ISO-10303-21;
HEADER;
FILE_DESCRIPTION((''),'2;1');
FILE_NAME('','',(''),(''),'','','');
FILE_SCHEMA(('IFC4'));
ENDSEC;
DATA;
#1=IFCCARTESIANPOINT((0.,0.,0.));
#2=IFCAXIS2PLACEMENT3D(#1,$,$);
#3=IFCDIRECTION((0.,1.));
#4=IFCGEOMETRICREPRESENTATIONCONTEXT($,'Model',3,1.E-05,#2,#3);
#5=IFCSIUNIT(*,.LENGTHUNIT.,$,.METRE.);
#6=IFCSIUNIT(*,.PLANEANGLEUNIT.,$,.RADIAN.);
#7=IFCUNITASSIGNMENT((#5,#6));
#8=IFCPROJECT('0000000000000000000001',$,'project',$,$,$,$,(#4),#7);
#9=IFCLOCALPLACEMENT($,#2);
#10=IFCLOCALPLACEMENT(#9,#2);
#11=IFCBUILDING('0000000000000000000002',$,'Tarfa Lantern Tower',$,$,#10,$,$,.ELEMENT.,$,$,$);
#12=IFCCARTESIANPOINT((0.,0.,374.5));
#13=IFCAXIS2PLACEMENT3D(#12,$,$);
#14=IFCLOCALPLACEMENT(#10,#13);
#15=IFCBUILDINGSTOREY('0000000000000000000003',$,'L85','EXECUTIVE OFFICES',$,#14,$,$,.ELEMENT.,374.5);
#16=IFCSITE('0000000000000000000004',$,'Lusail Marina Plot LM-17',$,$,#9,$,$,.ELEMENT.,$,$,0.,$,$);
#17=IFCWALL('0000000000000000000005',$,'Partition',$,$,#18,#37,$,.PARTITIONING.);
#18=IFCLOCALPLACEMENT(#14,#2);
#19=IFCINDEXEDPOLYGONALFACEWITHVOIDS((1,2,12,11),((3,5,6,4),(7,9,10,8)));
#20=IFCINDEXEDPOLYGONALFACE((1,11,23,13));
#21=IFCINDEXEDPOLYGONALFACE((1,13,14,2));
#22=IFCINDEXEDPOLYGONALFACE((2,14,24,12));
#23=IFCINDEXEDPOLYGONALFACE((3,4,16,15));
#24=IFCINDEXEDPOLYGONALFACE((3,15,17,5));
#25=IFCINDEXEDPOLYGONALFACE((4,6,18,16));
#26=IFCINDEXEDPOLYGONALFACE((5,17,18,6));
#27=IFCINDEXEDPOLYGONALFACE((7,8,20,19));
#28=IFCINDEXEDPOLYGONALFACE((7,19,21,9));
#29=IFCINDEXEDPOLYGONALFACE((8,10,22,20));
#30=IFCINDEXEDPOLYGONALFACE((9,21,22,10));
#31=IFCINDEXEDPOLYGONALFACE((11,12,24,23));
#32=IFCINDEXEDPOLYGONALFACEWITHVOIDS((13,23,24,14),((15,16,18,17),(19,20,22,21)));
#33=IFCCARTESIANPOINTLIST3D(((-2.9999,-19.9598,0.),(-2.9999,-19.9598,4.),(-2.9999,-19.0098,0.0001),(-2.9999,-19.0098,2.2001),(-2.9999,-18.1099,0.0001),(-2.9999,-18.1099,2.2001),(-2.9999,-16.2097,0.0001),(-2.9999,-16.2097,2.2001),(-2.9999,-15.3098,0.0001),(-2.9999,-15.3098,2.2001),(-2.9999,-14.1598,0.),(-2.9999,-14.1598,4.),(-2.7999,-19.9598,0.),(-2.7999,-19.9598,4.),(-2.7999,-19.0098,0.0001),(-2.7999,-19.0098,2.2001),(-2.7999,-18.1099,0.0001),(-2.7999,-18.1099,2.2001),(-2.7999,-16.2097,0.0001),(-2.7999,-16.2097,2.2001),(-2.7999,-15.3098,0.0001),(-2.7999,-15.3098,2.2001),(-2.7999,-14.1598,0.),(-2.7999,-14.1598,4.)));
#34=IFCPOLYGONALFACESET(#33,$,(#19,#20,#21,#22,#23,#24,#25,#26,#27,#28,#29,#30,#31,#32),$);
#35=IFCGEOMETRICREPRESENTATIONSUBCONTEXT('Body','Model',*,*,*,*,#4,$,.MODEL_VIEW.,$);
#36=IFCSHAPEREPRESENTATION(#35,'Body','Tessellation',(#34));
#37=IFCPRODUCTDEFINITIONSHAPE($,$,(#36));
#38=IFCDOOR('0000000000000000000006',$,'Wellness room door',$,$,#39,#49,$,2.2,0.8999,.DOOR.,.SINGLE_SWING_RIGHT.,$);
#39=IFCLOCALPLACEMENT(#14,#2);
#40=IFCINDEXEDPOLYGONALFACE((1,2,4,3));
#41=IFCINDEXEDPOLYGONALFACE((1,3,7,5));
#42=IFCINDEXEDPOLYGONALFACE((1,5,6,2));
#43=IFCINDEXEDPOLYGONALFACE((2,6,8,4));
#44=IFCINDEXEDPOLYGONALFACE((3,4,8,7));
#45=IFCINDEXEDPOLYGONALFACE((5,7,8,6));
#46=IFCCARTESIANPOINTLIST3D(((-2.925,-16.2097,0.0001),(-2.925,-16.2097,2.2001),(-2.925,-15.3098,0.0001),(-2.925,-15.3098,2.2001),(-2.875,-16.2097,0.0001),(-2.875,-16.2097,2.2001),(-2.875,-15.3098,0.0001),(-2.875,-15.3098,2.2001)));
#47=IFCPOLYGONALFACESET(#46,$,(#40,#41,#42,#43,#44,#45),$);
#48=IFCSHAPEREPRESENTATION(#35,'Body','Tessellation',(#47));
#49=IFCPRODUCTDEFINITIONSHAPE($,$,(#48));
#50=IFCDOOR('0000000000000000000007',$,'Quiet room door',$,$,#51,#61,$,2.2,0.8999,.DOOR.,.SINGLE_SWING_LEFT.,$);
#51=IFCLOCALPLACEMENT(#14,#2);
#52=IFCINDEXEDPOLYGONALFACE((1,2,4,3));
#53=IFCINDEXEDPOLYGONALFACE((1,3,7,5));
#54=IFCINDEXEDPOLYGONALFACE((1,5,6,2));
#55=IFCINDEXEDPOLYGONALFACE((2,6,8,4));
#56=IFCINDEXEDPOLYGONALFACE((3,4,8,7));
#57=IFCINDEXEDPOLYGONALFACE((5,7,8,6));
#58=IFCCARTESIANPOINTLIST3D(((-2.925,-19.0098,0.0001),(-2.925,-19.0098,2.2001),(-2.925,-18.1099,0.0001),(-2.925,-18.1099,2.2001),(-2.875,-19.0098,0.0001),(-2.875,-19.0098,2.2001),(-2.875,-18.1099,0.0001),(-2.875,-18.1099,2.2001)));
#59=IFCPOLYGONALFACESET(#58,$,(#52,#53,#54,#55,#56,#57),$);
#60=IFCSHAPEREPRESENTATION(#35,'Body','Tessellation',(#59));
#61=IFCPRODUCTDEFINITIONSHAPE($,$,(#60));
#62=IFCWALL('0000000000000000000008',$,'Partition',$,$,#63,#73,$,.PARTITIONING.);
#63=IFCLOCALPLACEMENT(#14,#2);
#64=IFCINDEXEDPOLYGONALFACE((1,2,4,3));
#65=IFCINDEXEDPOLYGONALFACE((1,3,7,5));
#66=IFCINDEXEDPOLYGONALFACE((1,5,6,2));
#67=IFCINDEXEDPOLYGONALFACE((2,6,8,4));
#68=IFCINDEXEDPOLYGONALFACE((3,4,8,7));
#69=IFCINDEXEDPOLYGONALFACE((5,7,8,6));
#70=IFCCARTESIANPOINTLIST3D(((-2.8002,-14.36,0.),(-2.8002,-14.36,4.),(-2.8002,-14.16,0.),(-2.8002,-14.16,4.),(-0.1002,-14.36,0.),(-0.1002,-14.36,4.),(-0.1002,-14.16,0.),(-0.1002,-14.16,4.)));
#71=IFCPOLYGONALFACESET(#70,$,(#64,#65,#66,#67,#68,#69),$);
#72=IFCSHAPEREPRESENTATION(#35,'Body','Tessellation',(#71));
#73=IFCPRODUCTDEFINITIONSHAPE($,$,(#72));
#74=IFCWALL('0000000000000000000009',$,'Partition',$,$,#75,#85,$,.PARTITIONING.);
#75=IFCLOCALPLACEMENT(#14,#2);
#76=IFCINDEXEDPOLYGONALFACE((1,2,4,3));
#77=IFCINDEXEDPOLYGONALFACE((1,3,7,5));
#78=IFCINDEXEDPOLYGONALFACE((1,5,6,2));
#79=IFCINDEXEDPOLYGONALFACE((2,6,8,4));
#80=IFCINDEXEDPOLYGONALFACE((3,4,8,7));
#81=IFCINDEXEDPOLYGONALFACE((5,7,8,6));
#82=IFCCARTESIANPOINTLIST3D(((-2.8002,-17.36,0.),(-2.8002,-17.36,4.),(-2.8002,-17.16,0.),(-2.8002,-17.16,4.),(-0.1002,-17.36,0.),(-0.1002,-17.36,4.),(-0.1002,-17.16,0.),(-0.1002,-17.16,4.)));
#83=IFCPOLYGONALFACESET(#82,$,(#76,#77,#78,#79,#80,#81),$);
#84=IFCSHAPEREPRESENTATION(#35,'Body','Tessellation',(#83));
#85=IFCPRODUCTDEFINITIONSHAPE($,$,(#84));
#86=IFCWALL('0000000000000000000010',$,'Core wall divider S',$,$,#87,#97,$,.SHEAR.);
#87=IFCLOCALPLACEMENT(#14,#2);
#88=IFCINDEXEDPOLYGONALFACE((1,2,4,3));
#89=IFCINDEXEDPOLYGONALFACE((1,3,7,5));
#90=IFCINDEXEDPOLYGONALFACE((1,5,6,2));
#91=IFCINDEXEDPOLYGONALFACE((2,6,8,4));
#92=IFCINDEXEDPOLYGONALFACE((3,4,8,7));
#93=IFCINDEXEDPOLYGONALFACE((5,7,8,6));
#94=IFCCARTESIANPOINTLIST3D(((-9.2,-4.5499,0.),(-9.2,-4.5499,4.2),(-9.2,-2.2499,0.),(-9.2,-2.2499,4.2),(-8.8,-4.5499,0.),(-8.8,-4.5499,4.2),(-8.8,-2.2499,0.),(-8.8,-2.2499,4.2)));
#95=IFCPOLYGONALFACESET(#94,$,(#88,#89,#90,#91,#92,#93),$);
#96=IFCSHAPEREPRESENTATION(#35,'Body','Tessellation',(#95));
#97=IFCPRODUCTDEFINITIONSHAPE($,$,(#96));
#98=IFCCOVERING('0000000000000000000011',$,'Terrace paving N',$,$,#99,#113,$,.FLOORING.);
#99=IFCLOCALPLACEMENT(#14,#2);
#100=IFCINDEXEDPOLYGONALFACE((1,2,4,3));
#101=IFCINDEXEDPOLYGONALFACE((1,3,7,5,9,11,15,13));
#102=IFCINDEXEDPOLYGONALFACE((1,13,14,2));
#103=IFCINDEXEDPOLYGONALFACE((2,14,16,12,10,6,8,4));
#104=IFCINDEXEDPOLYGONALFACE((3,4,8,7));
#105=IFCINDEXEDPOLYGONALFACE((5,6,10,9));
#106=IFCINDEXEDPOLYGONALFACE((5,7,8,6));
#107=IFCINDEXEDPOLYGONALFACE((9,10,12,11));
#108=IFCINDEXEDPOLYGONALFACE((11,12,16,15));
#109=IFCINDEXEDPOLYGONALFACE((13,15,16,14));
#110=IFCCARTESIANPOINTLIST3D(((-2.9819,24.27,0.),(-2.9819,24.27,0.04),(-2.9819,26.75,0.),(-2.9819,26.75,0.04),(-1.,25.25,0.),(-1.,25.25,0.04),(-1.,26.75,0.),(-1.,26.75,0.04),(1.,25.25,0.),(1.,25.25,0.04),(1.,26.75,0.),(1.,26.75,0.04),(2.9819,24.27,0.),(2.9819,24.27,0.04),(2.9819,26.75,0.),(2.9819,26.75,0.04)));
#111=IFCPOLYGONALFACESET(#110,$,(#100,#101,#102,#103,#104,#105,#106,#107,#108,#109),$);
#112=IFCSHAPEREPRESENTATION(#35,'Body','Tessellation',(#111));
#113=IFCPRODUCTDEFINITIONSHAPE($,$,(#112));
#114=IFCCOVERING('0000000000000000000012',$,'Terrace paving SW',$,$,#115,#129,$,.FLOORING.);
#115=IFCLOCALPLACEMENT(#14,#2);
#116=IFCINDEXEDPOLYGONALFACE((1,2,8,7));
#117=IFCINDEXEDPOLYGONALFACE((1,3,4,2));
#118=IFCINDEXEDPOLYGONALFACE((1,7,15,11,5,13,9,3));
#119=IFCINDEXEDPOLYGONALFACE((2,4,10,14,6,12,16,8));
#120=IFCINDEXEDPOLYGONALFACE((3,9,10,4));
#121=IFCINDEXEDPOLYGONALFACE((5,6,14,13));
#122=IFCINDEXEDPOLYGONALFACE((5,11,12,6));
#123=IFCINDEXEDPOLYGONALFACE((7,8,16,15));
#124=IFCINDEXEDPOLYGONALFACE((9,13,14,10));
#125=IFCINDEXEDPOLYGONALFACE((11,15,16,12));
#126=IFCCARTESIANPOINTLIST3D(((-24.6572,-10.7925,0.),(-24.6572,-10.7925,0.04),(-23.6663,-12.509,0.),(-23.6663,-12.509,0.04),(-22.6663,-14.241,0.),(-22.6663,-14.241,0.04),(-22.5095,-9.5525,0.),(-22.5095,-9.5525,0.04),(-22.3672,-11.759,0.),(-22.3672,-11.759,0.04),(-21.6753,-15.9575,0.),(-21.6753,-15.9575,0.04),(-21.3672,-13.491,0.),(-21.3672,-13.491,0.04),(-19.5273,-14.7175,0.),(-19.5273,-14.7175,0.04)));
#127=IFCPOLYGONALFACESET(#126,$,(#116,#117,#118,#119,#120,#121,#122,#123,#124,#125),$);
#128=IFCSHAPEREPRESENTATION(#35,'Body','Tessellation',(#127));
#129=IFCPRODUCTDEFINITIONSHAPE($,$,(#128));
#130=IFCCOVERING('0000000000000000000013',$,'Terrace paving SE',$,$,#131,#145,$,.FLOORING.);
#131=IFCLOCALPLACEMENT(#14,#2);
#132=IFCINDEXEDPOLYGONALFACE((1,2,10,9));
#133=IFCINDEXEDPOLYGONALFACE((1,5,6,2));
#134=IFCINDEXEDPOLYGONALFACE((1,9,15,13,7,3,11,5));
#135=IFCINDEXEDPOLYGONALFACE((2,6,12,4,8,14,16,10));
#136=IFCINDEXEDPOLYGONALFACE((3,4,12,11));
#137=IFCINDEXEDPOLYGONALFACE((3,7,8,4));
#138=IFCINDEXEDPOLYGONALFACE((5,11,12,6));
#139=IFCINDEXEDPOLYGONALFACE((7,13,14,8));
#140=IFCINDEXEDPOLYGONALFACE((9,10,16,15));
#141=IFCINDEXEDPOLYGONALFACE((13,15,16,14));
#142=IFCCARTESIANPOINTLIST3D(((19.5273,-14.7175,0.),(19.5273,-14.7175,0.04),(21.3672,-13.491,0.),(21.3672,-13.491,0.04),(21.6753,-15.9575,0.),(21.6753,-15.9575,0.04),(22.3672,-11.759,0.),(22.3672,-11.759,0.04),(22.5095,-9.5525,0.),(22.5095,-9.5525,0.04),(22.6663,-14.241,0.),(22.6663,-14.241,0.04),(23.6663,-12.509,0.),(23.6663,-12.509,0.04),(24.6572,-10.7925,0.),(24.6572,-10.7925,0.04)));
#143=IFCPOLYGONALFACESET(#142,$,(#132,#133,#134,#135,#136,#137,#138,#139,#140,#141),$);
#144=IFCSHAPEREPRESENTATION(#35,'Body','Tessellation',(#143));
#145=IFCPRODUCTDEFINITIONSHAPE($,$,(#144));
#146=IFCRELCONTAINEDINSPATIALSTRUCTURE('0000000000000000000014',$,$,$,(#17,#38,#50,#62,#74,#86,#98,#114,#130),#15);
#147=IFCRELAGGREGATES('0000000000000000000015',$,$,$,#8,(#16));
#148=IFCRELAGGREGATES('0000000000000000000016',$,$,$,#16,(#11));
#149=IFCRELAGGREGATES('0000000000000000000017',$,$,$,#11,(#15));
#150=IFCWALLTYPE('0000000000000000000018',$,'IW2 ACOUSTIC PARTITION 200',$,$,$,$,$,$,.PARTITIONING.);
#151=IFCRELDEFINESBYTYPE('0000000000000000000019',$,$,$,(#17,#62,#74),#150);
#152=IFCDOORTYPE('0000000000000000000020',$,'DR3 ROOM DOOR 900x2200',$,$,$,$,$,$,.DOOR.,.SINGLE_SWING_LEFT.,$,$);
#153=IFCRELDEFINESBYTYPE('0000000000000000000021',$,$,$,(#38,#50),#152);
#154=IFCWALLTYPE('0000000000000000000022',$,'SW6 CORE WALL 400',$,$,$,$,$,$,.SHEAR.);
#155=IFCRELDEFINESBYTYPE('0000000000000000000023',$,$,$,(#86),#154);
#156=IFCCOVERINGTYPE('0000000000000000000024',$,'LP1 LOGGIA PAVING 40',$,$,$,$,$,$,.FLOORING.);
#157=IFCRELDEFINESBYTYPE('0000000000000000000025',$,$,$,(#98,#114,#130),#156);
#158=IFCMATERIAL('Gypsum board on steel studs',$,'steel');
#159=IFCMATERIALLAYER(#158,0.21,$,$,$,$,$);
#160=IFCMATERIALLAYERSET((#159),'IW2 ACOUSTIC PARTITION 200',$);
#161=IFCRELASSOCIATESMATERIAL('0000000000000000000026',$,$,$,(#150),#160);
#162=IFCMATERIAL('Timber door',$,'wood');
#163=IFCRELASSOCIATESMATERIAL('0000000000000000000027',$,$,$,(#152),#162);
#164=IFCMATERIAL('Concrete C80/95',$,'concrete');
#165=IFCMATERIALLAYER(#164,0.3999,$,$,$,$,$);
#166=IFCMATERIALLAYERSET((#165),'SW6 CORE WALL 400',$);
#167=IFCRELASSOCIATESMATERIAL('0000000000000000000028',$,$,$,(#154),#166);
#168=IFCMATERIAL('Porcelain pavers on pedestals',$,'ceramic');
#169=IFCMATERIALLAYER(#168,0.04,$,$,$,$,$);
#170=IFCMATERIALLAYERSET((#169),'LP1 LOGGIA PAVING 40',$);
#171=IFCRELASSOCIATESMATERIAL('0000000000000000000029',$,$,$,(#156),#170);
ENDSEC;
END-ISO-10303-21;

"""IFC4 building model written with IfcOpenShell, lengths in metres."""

from ifc_helpers import new_model, si_unit, direction, frame, frame_2d, origin, place, context, subcontext, project, spatial, polyline, rectangle, outline, extrude, material, layer, layer_set, type_object, element, fill, save


model = new_model("IFC4")

# Units and contexts
model_context = context("Model", 3, precision=1e-05, world=origin(), true_north=direction((0.0, 1.0)))
body_context = subcontext(model_context, "Body", "Model", "MODEL_VIEW")
ifc_project = project(units=[si_unit("LENGTHUNIT", "METRE"), si_unit("PLANEANGLEUNIT", "RADIAN")], contexts=[model_context])

# Site, building, storey
site_placement = place(None, origin())
site = spatial("IfcSite", under=ifc_project, at=site_placement, Name="Lusail Marina Plot LM-17", CompositionType="ELEMENT", RefElevation=0.0)
building_placement = place(site_placement, origin())
building = spatial("IfcBuilding", under=site, at=building_placement, Name="Tarfa Lantern Tower", CompositionType="ELEMENT")
storey_placement = place(building_placement, frame((0.0, 0.0, 374.5)))
storey = spatial("IfcBuildingStorey", under=building, at=storey_placement, Name="L85", Description="EXECUTIVE OFFICES", CompositionType="ELEMENT", Elevation=374.5)

# Wall, openings, doors
ifc_material_1 = material(Name="Gypsum board on steel studs", Category="steel")
ifc_layer_1 = layer(ifc_material_1, 0.21)
ifc_layer_set_1 = layer_set([ifc_layer_1], Name="IW2 ACOUSTIC PARTITION 200")
wall_type_1 = type_object("IfcWallType", Name="IW2 ACOUSTIC PARTITION 200", PredefinedType="PARTITIONING", material=ifc_layer_set_1)
wall_1_placement = place(storey_placement, frame((-2.8999, -14.1599, 0.0), z_axis=(0.0, 0.0, 1.0), x_axis=(0.0, -1.0, 0.0)))
wall_1 = element("IfcWall", 1, at=wall_1_placement, inside=storey, type_object=wall_type_1, Name="Partition", PredefinedType="PARTITIONING", context=body_context, shape_type="SweptSolid", body=[
    extrude(rectangle(XDim=5.8, YDim=0.2, at=frame_2d((2.8999, 0.0))), origin(), (0.0, 0.0, 1.0), 4.0),
])
opening_1_placement = place(wall_1_placement, frame((1.1499, 0.0, 0.0)))
opening_1 = element("IfcOpeningElement", 2, at=opening_1_placement, cuts=wall_1, PredefinedType="OPENING", context=body_context, shape_type="SweptSolid", body=[
    extrude(rectangle(XDim=0.8999, YDim=2.2, at=frame_2d((0.45, 1.1001))), frame((0.0, 0.1099, 0.0), z_axis=(0.0, -1.0, 0.0), x_axis=(1.0, 0.0, 0.0)), (0.0, 0.0, 1.0), 0.22),
])
opening_2_placement = place(wall_1_placement, frame((3.95, 0.0, 0.0)))
opening_2 = element("IfcOpeningElement", 3, at=opening_2_placement, cuts=wall_1, PredefinedType="OPENING", context=body_context, shape_type="SweptSolid", body=[
    extrude(rectangle(XDim=0.8999, YDim=2.2, at=frame_2d((0.45, 1.1001))), frame((0.0, 0.1099, 0.0), z_axis=(0.0, -1.0, 0.0), x_axis=(1.0, 0.0, 0.0)), (0.0, 0.0, 1.0), 0.22),
])
ifc_material_2 = material(Name="Timber door", Category="wood")
door_type = type_object("IfcDoorType", Name="DR3 ROOM DOOR 900x2200", OperationType="SINGLE_SWING_LEFT", PredefinedType="DOOR", material=ifc_material_2)
door_1_placement = place(opening_1_placement, origin())
door_1 = element("IfcDoor", 4, at=door_1_placement, inside=storey, type_object=door_type, Name="Wellness room door", OperationType="SINGLE_SWING_RIGHT", OverallHeight=2.2, OverallWidth=0.8999, PredefinedType="DOOR", context=body_context, shape_type="SweptSolid", body=[
    extrude(rectangle(XDim=0.8999, YDim=2.2, at=frame_2d((0.45, 1.1001))), frame((0.0, 0.0249, 0.0), z_axis=(0.0, -1.0, 0.0), x_axis=(1.0, 0.0, 0.0)), (0.0, 0.0, 1.0), 0.05),
])
fill(opening_1, door_1)
door_2_placement = place(opening_2_placement, origin())
door_2 = element("IfcDoor", 5, at=door_2_placement, inside=storey, type_object=door_type, Name="Quiet room door", OperationType="SINGLE_SWING_LEFT", OverallHeight=2.2, OverallWidth=0.8999, PredefinedType="DOOR", context=body_context, shape_type="SweptSolid", body=[
    extrude(rectangle(XDim=0.8999, YDim=2.2, at=frame_2d((0.45, 1.1001))), frame((0.0, 0.0249, 0.0), z_axis=(0.0, -1.0, 0.0), x_axis=(1.0, 0.0, 0.0)), (0.0, 0.0, 1.0), 0.05),
])
fill(opening_2, door_2)

# Walls
for number, where, z_axis, x_axis, name in (
    (6, (-0.1001, -14.26, 0.0), (0.0, 0.0, 1.0), (-1.0, 0.0, 0.0), "Partition"),
    (7, (-0.1001, -17.26, 0.0), (0.0, 0.0, 1.0), (-1.0, 0.0, 0.0), "Partition"),
):
    element("IfcWall", number, at=place(storey_placement, frame(where, z_axis=z_axis, x_axis=x_axis)), inside=storey, type_object=wall_type_1, Name=name, PredefinedType="PARTITIONING", context=body_context, shape_type="SweptSolid", body=[
        extrude(rectangle(XDim=2.7, YDim=0.2, at=frame_2d((1.3501, 0.0))), origin(), (0.0, 0.0, 1.0), 4.0),
    ])
ifc_material_3 = material(Name="Concrete C80/95", Category="concrete")
ifc_layer_2 = layer(ifc_material_3, 0.3999)
ifc_layer_set_2 = layer_set([ifc_layer_2], Name="SW6 CORE WALL 400")
wall_type_2 = type_object("IfcWallType", Name="SW6 CORE WALL 400", PredefinedType="SHEAR", material=ifc_layer_set_2)
wall_2_placement = place(storey_placement, frame((-9.0, -2.25, 0.0), z_axis=(0.0, 0.0, 1.0), x_axis=(0.0, -1.0, 0.0)))
element("IfcWall", 8, at=wall_2_placement, inside=storey, type_object=wall_type_2, Name="Core wall divider S", PredefinedType="SHEAR", context=body_context, shape_type="SweptSolid", body=[
    extrude(rectangle(XDim=2.3, YDim=0.3999, at=frame_2d((1.1499, 0.0))), origin(), (0.0, 0.0, 1.0), 4.2),
])

# Coverings
ifc_material_4 = material(Name="Porcelain pavers on pedestals", Category="ceramic")
ifc_layer_3 = layer(ifc_material_4, 0.04)
ifc_layer_set_3 = layer_set([ifc_layer_3], Name="LP1 LOGGIA PAVING 40")
covering_type = type_object("IfcCoveringType", Name="LP1 LOGGIA PAVING 40", PredefinedType="FLOORING", material=ifc_layer_set_3)
covering_1_placement = place(storey_placement, origin())
element("IfcCovering", 9, at=covering_1_placement, inside=storey, type_object=covering_type, Name="Terrace paving N", PredefinedType="FLOORING", context=body_context, shape_type="SweptSolid", body=[
    extrude(outline(polyline([(2.9819, 26.75), (2.9819, 24.27), (-2.9819, 24.27), (-2.9819, 26.75), (-1.0, 26.75), (-1.0, 25.25), (1.0, 25.25), (1.0, 26.75), (2.9819, 26.75)])), origin(), (0.0, 0.0, 1.0), 0.04),
])
covering_2_placement = place(storey_placement, origin())
element("IfcCovering", 10, at=covering_2_placement, inside=storey, type_object=covering_type, Name="Terrace paving SW", PredefinedType="FLOORING", context=body_context, shape_type="SweptSolid", body=[
    extrude(outline(polyline([(-24.6572, -10.7925), (-22.5095, -9.5525), (-19.5273, -14.7175), (-21.6753, -15.9575), (-22.6663, -14.241), (-21.3672, -13.491), (-22.3672, -11.759), (-23.6663, -12.509), (-24.6572, -10.7925)])), origin(), (0.0, 0.0, 1.0), 0.04),
])
covering_3_placement = place(storey_placement, origin())
element("IfcCovering", 11, at=covering_3_placement, inside=storey, type_object=covering_type, Name="Terrace paving SE", PredefinedType="FLOORING", context=body_context, shape_type="SweptSolid", body=[
    extrude(outline(polyline([(21.6753, -15.9575), (19.5273, -14.7175), (22.5095, -9.5525), (24.6572, -10.7925), (23.6663, -12.509), (22.3672, -11.759), (21.3672, -13.491), (22.6663, -14.241), (21.6753, -15.9575)])), origin(), (0.0, 0.0, 1.0), 0.04),
])

save(model, "model.ifc")
